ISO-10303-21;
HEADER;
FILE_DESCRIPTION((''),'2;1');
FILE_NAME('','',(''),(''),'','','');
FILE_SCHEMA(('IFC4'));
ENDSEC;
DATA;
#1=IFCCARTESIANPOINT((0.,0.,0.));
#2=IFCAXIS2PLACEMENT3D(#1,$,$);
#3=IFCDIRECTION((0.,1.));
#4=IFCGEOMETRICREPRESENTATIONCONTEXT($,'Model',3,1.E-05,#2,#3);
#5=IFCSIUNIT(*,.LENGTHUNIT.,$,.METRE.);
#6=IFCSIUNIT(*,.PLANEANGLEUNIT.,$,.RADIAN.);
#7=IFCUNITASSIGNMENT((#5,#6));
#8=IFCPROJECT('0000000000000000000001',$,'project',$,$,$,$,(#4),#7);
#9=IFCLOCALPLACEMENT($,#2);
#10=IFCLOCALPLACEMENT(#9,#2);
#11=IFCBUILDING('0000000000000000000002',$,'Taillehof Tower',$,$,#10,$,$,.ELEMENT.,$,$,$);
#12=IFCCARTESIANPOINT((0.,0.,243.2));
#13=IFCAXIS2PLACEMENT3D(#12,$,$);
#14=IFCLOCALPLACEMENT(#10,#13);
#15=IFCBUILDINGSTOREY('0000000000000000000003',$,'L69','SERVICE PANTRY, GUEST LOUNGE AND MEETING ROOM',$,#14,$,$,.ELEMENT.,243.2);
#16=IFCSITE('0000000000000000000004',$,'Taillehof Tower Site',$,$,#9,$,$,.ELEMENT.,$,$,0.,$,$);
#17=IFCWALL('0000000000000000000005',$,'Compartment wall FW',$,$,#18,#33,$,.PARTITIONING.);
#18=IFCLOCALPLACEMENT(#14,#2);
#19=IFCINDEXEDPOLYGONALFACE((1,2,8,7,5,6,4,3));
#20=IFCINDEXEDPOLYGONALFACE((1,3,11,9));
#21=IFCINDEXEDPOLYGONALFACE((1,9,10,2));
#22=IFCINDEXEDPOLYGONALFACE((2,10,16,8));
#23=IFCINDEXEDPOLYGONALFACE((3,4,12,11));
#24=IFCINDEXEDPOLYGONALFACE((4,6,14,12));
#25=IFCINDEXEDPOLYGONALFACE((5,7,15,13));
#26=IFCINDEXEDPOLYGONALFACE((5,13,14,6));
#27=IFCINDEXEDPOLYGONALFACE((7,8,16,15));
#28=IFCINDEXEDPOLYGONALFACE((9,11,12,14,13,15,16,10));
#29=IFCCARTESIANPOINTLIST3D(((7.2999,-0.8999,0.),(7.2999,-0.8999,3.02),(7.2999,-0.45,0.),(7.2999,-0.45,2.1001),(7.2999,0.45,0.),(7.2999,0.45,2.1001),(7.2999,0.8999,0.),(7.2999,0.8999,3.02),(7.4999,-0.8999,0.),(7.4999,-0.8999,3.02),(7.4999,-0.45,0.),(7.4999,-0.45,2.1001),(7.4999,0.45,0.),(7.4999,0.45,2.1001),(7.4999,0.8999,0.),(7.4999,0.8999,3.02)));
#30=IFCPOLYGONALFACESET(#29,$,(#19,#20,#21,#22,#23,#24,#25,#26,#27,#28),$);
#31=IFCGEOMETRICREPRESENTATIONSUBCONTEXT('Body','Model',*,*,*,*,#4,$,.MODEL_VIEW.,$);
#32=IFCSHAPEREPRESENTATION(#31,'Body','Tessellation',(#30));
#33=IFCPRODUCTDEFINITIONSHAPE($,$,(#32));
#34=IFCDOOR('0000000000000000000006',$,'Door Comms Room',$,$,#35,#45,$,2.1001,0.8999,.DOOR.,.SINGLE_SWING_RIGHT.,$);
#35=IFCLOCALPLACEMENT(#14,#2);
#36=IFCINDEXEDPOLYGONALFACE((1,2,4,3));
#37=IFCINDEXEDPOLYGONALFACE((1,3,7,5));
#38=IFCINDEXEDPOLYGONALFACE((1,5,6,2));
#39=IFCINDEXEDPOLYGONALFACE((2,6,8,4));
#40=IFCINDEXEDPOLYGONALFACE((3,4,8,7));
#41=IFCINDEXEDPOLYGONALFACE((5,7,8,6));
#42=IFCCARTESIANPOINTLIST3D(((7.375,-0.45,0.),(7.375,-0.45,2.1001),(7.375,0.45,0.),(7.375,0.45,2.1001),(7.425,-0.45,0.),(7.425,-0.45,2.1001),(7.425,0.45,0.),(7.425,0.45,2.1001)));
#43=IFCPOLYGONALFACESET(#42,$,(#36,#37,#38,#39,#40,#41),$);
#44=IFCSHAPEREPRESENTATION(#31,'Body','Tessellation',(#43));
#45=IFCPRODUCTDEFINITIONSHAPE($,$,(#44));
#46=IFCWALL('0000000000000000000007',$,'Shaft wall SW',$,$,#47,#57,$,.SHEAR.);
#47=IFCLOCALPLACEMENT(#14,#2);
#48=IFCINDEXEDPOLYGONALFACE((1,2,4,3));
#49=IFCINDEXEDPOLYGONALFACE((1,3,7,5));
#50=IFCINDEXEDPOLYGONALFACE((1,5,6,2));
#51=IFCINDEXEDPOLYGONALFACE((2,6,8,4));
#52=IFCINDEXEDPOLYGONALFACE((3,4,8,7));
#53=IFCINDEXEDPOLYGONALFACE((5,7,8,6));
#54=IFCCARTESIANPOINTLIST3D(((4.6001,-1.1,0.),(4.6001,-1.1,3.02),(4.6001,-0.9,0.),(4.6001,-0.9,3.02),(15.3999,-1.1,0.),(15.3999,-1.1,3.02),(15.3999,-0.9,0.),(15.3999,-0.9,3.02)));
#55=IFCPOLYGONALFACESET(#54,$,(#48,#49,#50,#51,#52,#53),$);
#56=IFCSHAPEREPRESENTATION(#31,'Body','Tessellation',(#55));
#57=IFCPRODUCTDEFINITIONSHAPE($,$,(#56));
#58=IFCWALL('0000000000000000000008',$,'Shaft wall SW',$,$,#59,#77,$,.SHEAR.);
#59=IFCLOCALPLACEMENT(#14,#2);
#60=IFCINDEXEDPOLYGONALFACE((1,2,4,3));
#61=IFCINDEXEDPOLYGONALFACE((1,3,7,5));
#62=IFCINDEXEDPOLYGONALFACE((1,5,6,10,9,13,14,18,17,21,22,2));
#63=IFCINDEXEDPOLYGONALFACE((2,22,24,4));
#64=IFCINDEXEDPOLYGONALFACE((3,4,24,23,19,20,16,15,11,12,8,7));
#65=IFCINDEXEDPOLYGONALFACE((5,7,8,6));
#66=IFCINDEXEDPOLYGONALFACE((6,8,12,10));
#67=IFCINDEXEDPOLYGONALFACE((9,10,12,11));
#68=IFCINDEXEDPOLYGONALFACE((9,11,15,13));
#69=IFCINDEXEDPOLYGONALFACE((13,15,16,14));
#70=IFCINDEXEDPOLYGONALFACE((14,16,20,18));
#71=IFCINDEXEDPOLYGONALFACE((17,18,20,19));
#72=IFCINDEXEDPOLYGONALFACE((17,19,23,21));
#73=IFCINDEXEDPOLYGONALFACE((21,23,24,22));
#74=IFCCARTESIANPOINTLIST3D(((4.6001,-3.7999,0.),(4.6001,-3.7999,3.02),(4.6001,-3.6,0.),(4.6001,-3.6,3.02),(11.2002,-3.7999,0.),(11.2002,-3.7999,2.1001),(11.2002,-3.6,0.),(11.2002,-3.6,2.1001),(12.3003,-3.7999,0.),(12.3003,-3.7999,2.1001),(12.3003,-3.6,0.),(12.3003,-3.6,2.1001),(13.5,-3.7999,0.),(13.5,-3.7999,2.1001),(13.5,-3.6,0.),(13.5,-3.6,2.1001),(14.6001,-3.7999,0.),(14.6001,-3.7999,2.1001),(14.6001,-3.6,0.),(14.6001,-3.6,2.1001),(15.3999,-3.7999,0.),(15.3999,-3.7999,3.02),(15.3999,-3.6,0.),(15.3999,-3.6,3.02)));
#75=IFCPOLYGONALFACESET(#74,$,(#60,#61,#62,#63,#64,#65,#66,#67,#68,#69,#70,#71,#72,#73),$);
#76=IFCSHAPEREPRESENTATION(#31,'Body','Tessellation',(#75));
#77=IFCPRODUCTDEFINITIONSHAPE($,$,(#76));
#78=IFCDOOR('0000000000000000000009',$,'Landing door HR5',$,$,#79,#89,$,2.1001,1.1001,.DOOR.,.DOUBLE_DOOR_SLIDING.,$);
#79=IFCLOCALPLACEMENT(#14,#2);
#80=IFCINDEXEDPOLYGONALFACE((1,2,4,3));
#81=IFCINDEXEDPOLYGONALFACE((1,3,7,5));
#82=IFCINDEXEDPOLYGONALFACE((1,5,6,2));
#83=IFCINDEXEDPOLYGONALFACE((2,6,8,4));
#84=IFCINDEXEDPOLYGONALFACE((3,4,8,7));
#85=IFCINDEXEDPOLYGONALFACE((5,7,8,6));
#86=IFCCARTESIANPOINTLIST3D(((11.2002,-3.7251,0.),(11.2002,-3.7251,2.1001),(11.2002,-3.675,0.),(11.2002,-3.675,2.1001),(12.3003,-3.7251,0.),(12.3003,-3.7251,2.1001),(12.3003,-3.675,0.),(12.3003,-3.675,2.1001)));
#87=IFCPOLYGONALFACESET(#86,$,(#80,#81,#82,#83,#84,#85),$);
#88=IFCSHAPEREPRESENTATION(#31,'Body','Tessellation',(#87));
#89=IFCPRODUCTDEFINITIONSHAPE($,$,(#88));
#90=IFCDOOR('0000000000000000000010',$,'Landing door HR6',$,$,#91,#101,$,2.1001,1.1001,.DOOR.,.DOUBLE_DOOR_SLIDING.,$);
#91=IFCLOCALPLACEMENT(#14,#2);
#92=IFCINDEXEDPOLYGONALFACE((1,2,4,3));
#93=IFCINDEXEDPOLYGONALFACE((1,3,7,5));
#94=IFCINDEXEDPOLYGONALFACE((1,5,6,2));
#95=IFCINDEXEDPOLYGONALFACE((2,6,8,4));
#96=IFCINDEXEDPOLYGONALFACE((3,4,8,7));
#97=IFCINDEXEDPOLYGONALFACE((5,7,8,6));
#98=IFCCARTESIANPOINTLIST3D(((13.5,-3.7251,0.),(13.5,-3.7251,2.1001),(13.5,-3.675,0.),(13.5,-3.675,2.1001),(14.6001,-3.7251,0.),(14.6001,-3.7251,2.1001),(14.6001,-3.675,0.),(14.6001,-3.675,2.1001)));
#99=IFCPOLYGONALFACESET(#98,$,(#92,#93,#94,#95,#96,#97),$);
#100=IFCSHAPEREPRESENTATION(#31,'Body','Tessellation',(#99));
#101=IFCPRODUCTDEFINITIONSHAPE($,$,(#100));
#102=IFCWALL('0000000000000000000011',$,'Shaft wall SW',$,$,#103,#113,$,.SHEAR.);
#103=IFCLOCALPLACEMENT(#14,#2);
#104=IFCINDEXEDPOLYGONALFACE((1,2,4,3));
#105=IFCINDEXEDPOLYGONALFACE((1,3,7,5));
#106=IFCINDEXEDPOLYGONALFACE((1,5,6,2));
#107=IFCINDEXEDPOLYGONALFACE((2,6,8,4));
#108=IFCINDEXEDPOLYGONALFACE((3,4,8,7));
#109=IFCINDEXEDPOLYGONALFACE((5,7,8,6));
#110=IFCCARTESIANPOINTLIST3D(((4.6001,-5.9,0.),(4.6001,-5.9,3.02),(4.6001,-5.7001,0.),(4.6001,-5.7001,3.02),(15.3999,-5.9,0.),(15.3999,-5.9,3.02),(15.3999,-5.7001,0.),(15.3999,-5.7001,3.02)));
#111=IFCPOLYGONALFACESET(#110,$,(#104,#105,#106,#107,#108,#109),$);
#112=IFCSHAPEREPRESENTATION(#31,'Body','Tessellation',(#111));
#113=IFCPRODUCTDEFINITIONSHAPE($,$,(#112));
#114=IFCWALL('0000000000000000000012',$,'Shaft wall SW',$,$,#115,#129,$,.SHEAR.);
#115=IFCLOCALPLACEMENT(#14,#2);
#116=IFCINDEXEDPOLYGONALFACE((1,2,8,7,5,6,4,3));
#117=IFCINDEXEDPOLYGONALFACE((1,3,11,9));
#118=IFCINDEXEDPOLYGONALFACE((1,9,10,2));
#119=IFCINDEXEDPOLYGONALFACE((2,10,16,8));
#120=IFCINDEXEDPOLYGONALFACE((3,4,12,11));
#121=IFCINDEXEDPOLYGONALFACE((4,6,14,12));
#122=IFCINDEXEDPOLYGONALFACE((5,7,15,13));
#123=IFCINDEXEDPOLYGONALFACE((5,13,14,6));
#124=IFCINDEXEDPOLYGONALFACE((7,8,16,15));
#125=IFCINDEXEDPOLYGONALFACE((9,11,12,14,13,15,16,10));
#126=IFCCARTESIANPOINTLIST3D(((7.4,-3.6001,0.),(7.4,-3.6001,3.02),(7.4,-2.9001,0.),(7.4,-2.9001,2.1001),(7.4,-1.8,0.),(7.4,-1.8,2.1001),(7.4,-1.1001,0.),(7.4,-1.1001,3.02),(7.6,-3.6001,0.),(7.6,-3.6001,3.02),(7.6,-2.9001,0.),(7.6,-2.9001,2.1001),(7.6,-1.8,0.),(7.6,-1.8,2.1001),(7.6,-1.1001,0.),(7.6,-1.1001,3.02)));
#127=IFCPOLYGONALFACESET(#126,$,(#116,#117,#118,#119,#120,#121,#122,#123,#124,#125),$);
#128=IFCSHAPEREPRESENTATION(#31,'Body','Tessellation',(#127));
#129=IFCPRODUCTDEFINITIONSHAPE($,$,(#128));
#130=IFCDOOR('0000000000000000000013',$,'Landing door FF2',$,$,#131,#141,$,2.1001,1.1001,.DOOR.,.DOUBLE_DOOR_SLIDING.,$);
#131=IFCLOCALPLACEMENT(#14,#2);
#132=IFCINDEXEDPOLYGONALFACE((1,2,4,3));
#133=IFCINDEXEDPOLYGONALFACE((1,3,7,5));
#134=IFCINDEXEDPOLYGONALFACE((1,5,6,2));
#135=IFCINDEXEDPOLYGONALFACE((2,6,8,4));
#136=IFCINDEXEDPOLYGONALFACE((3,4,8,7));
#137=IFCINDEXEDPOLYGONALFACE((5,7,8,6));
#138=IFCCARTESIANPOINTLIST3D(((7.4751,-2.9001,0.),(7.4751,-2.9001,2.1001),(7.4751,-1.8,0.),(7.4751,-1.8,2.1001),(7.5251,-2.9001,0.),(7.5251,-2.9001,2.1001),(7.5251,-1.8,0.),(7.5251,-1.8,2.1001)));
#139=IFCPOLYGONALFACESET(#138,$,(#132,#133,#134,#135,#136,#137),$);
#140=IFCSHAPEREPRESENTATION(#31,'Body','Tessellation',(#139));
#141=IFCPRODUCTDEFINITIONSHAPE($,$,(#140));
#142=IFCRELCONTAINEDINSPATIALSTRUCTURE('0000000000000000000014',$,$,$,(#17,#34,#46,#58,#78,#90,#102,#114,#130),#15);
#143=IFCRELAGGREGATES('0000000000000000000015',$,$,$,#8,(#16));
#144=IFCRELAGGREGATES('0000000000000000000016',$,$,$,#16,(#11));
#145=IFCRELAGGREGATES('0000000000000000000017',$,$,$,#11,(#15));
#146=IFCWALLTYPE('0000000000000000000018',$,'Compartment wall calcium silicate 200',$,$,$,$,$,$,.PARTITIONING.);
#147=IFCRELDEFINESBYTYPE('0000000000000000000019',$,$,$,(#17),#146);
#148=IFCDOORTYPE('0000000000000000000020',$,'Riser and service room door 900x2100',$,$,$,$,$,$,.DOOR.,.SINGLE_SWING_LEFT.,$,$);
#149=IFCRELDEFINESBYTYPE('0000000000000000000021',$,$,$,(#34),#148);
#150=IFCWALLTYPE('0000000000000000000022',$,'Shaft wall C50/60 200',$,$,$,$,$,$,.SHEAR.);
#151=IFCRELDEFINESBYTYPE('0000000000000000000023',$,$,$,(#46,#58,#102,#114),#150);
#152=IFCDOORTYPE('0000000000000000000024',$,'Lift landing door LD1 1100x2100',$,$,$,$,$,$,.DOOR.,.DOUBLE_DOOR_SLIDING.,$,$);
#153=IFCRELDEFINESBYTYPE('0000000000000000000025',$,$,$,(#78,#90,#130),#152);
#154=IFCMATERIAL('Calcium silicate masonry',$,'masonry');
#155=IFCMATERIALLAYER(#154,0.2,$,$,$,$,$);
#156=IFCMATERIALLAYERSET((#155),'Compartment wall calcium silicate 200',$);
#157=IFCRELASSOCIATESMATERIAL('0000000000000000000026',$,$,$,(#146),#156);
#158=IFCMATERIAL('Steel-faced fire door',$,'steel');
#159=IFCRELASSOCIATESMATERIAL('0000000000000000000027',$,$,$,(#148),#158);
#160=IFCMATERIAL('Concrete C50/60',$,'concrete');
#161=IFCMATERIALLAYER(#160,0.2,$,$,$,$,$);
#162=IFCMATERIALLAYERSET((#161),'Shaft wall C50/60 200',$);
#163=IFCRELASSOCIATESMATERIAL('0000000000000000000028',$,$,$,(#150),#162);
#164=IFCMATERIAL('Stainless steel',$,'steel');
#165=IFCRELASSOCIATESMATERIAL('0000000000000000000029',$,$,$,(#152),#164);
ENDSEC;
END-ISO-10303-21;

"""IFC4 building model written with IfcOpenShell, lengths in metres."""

from ifc_helpers import new_model, si_unit, direction, frame, frame_2d, origin, place, context, subcontext, project, spatial, rectangle, extrude, material, layer, layer_set, type_object, element, fill, save


model = new_model("IFC4")

# Units and contexts
model_context = context("Model", 3, precision=1e-05, world=origin(), true_north=direction((0.0, 1.0)))
body_context = subcontext(model_context, "Body", "Model", "MODEL_VIEW")
ifc_project = project(units=[si_unit("LENGTHUNIT", "METRE"), si_unit("PLANEANGLEUNIT", "RADIAN")], contexts=[model_context])

# Site, building, storey
site_placement = place(None, origin())
site = spatial("IfcSite", under=ifc_project, at=site_placement, Name="Taillehof Tower Site", CompositionType="ELEMENT", RefElevation=0.0)
building_placement = place(site_placement, origin())
building = spatial("IfcBuilding", under=site, at=building_placement, Name="Taillehof Tower", CompositionType="ELEMENT")
storey_placement = place(building_placement, frame((0.0, 0.0, 243.2)))
storey = spatial("IfcBuildingStorey", under=building, at=storey_placement, Name="L69", Description="SERVICE PANTRY, GUEST LOUNGE AND MEETING ROOM", CompositionType="ELEMENT", Elevation=243.2)

# Wall, opening, door
ifc_material_1 = material(Name="Calcium silicate masonry", Category="masonry")
ifc_layer_1 = layer(ifc_material_1, 0.2)
ifc_layer_set_1 = layer_set([ifc_layer_1], Name="Compartment wall calcium silicate 200")
wall_type_1 = type_object("IfcWallType", Name="Compartment wall calcium silicate 200", PredefinedType="PARTITIONING", material=ifc_layer_set_1)
wall_1_placement = place(storey_placement, frame((7.3999, -0.8999, 0.0), z_axis=(0.0, 0.0, 1.0), x_axis=(0.0, 1.0, 0.0)))
wall_1 = element("IfcWall", 1, at=wall_1_placement, inside=storey, type_object=wall_type_1, Name="Compartment wall FW", PredefinedType="PARTITIONING", context=body_context, shape_type="SweptSolid", body=[
    extrude(rectangle(XDim=1.7998, YDim=0.2, at=frame_2d((0.8999, 0.0))), origin(), (0.0, 0.0, 1.0), 3.02),
])
opening_1_placement = place(wall_1_placement, frame((0.45, 0.0, 0.0)))
opening_1 = element("IfcOpeningElement", 2, at=opening_1_placement, cuts=wall_1, PredefinedType="OPENING", context=body_context, shape_type="SweptSolid", body=[
    extrude(rectangle(XDim=0.8999, YDim=2.1001, at=frame_2d((0.45, 1.05))), frame((0.0, 0.1099, 0.0), z_axis=(0.0, -1.0, 0.0), x_axis=(1.0, 0.0, 0.0)), (0.0, 0.0, 1.0), 0.22),
])
ifc_material_2 = material(Name="Steel-faced fire door", Category="steel")
door_type_1 = type_object("IfcDoorType", Name="Riser and service room door 900x2100", OperationType="SINGLE_SWING_LEFT", PredefinedType="DOOR", material=ifc_material_2)
door_1_placement = place(opening_1_placement, origin())
door_1 = element("IfcDoor", 3, at=door_1_placement, inside=storey, type_object=door_type_1, Name="Door Comms Room", OperationType="SINGLE_SWING_RIGHT", OverallHeight=2.1001, OverallWidth=0.8999, PredefinedType="DOOR", context=body_context, shape_type="SweptSolid", body=[
    extrude(rectangle(XDim=0.8999, YDim=2.1001, at=frame_2d((0.45, 1.05))), frame((0.0, 0.0249, 0.0), z_axis=(0.0, -1.0, 0.0), x_axis=(1.0, 0.0, 0.0)), (0.0, 0.0, 1.0), 0.05),
])
fill(opening_1, door_1)

# Wall
ifc_material_3 = material(Name="Concrete C50/60", Category="concrete")
ifc_layer_2 = layer(ifc_material_3, 0.2)
ifc_layer_set_2 = layer_set([ifc_layer_2], Name="Shaft wall C50/60 200")
wall_type_2 = type_object("IfcWallType", Name="Shaft wall C50/60 200", PredefinedType="SHEAR", material=ifc_layer_set_2)
wall_2_placement = place(storey_placement, frame((4.6001, -1.0, 0.0), z_axis=(0.0, 0.0, 1.0), x_axis=(1.0, 0.0, 0.0)))
element("IfcWall", 4, at=wall_2_placement, inside=storey, type_object=wall_type_2, Name="Shaft wall SW", PredefinedType="SHEAR", context=body_context, shape_type="SweptSolid", body=[
    extrude(rectangle(XDim=10.7998, YDim=0.2, at=frame_2d((5.3999, 0.0))), origin(), (0.0, 0.0, 1.0), 3.02),
])

# Wall, openings, doors
wall_3_placement = place(storey_placement, frame((4.6001, -3.7, 0.0), z_axis=(0.0, 0.0, 1.0), x_axis=(1.0, 0.0, 0.0)))
wall_3 = element("IfcWall", 5, at=wall_3_placement, inside=storey, type_object=wall_type_2, Name="Shaft wall SW", PredefinedType="SHEAR", context=body_context, shape_type="SweptSolid", body=[
    extrude(rectangle(XDim=10.7998, YDim=0.2, at=frame_2d((5.3999, 0.0))), origin(), (0.0, 0.0, 1.0), 3.02),
])
opening_2_placement = place(wall_3_placement, frame((6.6001, 0.0, 0.0)))
opening_2 = element("IfcOpeningElement", 6, at=opening_2_placement, cuts=wall_3, PredefinedType="OPENING", context=body_context, shape_type="SweptSolid", body=[
    extrude(rectangle(XDim=1.1001, YDim=2.1001, at=frame_2d((0.55, 1.05))), frame((0.0, 0.1099, 0.0), z_axis=(0.0, -1.0, 0.0), x_axis=(1.0, 0.0, 0.0)), (0.0, 0.0, 1.0), 0.22),
])
opening_3_placement = place(wall_3_placement, frame((8.8999, 0.0, 0.0)))
opening_3 = element("IfcOpeningElement", 7, at=opening_3_placement, cuts=wall_3, PredefinedType="OPENING", context=body_context, shape_type="SweptSolid", body=[
    extrude(rectangle(XDim=1.1001, YDim=2.1001, at=frame_2d((0.55, 1.05))), frame((0.0, 0.1099, 0.0), z_axis=(0.0, -1.0, 0.0), x_axis=(1.0, 0.0, 0.0)), (0.0, 0.0, 1.0), 0.22),
])
ifc_material_4 = material(Name="Stainless steel", Category="steel")
door_type_2 = type_object("IfcDoorType", Name="Lift landing door LD1 1100x2100", OperationType="DOUBLE_DOOR_SLIDING", PredefinedType="DOOR", material=ifc_material_4)
door_2_placement = place(opening_2_placement, origin())
door_2 = element("IfcDoor", 8, at=door_2_placement, inside=storey, type_object=door_type_2, Name="Landing door HR5", OperationType="DOUBLE_DOOR_SLIDING", OverallHeight=2.1001, OverallWidth=1.1001, PredefinedType="DOOR", context=body_context, shape_type="SweptSolid", body=[
    extrude(rectangle(XDim=1.1001, YDim=2.1001, at=frame_2d((0.55, 1.05))), frame((0.0, 0.0249, 0.0), z_axis=(0.0, -1.0, 0.0), x_axis=(1.0, 0.0, 0.0)), (0.0, 0.0, 1.0), 0.05),
])
fill(opening_2, door_2)
door_3_placement = place(opening_3_placement, origin())
door_3 = element("IfcDoor", 9, at=door_3_placement, inside=storey, type_object=door_type_2, Name="Landing door HR6", OperationType="DOUBLE_DOOR_SLIDING", OverallHeight=2.1001, OverallWidth=1.1001, PredefinedType="DOOR", context=body_context, shape_type="SweptSolid", body=[
    extrude(rectangle(XDim=1.1001, YDim=2.1001, at=frame_2d((0.55, 1.05))), frame((0.0, 0.0249, 0.0), z_axis=(0.0, -1.0, 0.0), x_axis=(1.0, 0.0, 0.0)), (0.0, 0.0, 1.0), 0.05),
])
fill(opening_3, door_3)

# Wall
wall_4_placement = place(storey_placement, frame((4.6001, -5.8, 0.0), z_axis=(0.0, 0.0, 1.0), x_axis=(1.0, 0.0, 0.0)))
element("IfcWall", 10, at=wall_4_placement, inside=storey, type_object=wall_type_2, Name="Shaft wall SW", PredefinedType="SHEAR", context=body_context, shape_type="SweptSolid", body=[
    extrude(rectangle(XDim=10.7998, YDim=0.2, at=frame_2d((5.3999, 0.0))), origin(), (0.0, 0.0, 1.0), 3.02),
])

# Wall, opening, door
wall_5_placement = place(storey_placement, frame((7.5, -3.6001, 0.0), z_axis=(0.0, 0.0, 1.0), x_axis=(0.0, 1.0, 0.0)))
wall_5 = element("IfcWall", 11, at=wall_5_placement, inside=storey, type_object=wall_type_2, Name="Shaft wall SW", PredefinedType="SHEAR", context=body_context, shape_type="SweptSolid", body=[
    extrude(rectangle(XDim=2.5, YDim=0.2, at=frame_2d((1.25, 0.0))), origin(), (0.0, 0.0, 1.0), 3.02),
])
opening_4_placement = place(wall_5_placement, frame((0.7, 0.0, 0.0)))
opening_4 = element("IfcOpeningElement", 12, at=opening_4_placement, cuts=wall_5, PredefinedType="OPENING", context=body_context, shape_type="SweptSolid", body=[
    extrude(rectangle(XDim=1.1001, YDim=2.1001, at=frame_2d((0.55, 1.05))), frame((0.0, 0.1099, 0.0), z_axis=(0.0, -1.0, 0.0), x_axis=(1.0, 0.0, 0.0)), (0.0, 0.0, 1.0), 0.22),
])
door_4_placement = place(opening_4_placement, origin())
door_4 = element("IfcDoor", 13, at=door_4_placement, inside=storey, type_object=door_type_2, Name="Landing door FF2", OperationType="DOUBLE_DOOR_SLIDING", OverallHeight=2.1001, OverallWidth=1.1001, PredefinedType="DOOR", context=body_context, shape_type="SweptSolid", body=[
    extrude(rectangle(XDim=1.1001, YDim=2.1001, at=frame_2d((0.55, 1.05))), frame((0.0, 0.0249, 0.0), z_axis=(0.0, -1.0, 0.0), x_axis=(1.0, 0.0, 0.0)), (0.0, 0.0, 1.0), 0.05),
])
fill(opening_4, door_4)

save(model, "model.ifc")
